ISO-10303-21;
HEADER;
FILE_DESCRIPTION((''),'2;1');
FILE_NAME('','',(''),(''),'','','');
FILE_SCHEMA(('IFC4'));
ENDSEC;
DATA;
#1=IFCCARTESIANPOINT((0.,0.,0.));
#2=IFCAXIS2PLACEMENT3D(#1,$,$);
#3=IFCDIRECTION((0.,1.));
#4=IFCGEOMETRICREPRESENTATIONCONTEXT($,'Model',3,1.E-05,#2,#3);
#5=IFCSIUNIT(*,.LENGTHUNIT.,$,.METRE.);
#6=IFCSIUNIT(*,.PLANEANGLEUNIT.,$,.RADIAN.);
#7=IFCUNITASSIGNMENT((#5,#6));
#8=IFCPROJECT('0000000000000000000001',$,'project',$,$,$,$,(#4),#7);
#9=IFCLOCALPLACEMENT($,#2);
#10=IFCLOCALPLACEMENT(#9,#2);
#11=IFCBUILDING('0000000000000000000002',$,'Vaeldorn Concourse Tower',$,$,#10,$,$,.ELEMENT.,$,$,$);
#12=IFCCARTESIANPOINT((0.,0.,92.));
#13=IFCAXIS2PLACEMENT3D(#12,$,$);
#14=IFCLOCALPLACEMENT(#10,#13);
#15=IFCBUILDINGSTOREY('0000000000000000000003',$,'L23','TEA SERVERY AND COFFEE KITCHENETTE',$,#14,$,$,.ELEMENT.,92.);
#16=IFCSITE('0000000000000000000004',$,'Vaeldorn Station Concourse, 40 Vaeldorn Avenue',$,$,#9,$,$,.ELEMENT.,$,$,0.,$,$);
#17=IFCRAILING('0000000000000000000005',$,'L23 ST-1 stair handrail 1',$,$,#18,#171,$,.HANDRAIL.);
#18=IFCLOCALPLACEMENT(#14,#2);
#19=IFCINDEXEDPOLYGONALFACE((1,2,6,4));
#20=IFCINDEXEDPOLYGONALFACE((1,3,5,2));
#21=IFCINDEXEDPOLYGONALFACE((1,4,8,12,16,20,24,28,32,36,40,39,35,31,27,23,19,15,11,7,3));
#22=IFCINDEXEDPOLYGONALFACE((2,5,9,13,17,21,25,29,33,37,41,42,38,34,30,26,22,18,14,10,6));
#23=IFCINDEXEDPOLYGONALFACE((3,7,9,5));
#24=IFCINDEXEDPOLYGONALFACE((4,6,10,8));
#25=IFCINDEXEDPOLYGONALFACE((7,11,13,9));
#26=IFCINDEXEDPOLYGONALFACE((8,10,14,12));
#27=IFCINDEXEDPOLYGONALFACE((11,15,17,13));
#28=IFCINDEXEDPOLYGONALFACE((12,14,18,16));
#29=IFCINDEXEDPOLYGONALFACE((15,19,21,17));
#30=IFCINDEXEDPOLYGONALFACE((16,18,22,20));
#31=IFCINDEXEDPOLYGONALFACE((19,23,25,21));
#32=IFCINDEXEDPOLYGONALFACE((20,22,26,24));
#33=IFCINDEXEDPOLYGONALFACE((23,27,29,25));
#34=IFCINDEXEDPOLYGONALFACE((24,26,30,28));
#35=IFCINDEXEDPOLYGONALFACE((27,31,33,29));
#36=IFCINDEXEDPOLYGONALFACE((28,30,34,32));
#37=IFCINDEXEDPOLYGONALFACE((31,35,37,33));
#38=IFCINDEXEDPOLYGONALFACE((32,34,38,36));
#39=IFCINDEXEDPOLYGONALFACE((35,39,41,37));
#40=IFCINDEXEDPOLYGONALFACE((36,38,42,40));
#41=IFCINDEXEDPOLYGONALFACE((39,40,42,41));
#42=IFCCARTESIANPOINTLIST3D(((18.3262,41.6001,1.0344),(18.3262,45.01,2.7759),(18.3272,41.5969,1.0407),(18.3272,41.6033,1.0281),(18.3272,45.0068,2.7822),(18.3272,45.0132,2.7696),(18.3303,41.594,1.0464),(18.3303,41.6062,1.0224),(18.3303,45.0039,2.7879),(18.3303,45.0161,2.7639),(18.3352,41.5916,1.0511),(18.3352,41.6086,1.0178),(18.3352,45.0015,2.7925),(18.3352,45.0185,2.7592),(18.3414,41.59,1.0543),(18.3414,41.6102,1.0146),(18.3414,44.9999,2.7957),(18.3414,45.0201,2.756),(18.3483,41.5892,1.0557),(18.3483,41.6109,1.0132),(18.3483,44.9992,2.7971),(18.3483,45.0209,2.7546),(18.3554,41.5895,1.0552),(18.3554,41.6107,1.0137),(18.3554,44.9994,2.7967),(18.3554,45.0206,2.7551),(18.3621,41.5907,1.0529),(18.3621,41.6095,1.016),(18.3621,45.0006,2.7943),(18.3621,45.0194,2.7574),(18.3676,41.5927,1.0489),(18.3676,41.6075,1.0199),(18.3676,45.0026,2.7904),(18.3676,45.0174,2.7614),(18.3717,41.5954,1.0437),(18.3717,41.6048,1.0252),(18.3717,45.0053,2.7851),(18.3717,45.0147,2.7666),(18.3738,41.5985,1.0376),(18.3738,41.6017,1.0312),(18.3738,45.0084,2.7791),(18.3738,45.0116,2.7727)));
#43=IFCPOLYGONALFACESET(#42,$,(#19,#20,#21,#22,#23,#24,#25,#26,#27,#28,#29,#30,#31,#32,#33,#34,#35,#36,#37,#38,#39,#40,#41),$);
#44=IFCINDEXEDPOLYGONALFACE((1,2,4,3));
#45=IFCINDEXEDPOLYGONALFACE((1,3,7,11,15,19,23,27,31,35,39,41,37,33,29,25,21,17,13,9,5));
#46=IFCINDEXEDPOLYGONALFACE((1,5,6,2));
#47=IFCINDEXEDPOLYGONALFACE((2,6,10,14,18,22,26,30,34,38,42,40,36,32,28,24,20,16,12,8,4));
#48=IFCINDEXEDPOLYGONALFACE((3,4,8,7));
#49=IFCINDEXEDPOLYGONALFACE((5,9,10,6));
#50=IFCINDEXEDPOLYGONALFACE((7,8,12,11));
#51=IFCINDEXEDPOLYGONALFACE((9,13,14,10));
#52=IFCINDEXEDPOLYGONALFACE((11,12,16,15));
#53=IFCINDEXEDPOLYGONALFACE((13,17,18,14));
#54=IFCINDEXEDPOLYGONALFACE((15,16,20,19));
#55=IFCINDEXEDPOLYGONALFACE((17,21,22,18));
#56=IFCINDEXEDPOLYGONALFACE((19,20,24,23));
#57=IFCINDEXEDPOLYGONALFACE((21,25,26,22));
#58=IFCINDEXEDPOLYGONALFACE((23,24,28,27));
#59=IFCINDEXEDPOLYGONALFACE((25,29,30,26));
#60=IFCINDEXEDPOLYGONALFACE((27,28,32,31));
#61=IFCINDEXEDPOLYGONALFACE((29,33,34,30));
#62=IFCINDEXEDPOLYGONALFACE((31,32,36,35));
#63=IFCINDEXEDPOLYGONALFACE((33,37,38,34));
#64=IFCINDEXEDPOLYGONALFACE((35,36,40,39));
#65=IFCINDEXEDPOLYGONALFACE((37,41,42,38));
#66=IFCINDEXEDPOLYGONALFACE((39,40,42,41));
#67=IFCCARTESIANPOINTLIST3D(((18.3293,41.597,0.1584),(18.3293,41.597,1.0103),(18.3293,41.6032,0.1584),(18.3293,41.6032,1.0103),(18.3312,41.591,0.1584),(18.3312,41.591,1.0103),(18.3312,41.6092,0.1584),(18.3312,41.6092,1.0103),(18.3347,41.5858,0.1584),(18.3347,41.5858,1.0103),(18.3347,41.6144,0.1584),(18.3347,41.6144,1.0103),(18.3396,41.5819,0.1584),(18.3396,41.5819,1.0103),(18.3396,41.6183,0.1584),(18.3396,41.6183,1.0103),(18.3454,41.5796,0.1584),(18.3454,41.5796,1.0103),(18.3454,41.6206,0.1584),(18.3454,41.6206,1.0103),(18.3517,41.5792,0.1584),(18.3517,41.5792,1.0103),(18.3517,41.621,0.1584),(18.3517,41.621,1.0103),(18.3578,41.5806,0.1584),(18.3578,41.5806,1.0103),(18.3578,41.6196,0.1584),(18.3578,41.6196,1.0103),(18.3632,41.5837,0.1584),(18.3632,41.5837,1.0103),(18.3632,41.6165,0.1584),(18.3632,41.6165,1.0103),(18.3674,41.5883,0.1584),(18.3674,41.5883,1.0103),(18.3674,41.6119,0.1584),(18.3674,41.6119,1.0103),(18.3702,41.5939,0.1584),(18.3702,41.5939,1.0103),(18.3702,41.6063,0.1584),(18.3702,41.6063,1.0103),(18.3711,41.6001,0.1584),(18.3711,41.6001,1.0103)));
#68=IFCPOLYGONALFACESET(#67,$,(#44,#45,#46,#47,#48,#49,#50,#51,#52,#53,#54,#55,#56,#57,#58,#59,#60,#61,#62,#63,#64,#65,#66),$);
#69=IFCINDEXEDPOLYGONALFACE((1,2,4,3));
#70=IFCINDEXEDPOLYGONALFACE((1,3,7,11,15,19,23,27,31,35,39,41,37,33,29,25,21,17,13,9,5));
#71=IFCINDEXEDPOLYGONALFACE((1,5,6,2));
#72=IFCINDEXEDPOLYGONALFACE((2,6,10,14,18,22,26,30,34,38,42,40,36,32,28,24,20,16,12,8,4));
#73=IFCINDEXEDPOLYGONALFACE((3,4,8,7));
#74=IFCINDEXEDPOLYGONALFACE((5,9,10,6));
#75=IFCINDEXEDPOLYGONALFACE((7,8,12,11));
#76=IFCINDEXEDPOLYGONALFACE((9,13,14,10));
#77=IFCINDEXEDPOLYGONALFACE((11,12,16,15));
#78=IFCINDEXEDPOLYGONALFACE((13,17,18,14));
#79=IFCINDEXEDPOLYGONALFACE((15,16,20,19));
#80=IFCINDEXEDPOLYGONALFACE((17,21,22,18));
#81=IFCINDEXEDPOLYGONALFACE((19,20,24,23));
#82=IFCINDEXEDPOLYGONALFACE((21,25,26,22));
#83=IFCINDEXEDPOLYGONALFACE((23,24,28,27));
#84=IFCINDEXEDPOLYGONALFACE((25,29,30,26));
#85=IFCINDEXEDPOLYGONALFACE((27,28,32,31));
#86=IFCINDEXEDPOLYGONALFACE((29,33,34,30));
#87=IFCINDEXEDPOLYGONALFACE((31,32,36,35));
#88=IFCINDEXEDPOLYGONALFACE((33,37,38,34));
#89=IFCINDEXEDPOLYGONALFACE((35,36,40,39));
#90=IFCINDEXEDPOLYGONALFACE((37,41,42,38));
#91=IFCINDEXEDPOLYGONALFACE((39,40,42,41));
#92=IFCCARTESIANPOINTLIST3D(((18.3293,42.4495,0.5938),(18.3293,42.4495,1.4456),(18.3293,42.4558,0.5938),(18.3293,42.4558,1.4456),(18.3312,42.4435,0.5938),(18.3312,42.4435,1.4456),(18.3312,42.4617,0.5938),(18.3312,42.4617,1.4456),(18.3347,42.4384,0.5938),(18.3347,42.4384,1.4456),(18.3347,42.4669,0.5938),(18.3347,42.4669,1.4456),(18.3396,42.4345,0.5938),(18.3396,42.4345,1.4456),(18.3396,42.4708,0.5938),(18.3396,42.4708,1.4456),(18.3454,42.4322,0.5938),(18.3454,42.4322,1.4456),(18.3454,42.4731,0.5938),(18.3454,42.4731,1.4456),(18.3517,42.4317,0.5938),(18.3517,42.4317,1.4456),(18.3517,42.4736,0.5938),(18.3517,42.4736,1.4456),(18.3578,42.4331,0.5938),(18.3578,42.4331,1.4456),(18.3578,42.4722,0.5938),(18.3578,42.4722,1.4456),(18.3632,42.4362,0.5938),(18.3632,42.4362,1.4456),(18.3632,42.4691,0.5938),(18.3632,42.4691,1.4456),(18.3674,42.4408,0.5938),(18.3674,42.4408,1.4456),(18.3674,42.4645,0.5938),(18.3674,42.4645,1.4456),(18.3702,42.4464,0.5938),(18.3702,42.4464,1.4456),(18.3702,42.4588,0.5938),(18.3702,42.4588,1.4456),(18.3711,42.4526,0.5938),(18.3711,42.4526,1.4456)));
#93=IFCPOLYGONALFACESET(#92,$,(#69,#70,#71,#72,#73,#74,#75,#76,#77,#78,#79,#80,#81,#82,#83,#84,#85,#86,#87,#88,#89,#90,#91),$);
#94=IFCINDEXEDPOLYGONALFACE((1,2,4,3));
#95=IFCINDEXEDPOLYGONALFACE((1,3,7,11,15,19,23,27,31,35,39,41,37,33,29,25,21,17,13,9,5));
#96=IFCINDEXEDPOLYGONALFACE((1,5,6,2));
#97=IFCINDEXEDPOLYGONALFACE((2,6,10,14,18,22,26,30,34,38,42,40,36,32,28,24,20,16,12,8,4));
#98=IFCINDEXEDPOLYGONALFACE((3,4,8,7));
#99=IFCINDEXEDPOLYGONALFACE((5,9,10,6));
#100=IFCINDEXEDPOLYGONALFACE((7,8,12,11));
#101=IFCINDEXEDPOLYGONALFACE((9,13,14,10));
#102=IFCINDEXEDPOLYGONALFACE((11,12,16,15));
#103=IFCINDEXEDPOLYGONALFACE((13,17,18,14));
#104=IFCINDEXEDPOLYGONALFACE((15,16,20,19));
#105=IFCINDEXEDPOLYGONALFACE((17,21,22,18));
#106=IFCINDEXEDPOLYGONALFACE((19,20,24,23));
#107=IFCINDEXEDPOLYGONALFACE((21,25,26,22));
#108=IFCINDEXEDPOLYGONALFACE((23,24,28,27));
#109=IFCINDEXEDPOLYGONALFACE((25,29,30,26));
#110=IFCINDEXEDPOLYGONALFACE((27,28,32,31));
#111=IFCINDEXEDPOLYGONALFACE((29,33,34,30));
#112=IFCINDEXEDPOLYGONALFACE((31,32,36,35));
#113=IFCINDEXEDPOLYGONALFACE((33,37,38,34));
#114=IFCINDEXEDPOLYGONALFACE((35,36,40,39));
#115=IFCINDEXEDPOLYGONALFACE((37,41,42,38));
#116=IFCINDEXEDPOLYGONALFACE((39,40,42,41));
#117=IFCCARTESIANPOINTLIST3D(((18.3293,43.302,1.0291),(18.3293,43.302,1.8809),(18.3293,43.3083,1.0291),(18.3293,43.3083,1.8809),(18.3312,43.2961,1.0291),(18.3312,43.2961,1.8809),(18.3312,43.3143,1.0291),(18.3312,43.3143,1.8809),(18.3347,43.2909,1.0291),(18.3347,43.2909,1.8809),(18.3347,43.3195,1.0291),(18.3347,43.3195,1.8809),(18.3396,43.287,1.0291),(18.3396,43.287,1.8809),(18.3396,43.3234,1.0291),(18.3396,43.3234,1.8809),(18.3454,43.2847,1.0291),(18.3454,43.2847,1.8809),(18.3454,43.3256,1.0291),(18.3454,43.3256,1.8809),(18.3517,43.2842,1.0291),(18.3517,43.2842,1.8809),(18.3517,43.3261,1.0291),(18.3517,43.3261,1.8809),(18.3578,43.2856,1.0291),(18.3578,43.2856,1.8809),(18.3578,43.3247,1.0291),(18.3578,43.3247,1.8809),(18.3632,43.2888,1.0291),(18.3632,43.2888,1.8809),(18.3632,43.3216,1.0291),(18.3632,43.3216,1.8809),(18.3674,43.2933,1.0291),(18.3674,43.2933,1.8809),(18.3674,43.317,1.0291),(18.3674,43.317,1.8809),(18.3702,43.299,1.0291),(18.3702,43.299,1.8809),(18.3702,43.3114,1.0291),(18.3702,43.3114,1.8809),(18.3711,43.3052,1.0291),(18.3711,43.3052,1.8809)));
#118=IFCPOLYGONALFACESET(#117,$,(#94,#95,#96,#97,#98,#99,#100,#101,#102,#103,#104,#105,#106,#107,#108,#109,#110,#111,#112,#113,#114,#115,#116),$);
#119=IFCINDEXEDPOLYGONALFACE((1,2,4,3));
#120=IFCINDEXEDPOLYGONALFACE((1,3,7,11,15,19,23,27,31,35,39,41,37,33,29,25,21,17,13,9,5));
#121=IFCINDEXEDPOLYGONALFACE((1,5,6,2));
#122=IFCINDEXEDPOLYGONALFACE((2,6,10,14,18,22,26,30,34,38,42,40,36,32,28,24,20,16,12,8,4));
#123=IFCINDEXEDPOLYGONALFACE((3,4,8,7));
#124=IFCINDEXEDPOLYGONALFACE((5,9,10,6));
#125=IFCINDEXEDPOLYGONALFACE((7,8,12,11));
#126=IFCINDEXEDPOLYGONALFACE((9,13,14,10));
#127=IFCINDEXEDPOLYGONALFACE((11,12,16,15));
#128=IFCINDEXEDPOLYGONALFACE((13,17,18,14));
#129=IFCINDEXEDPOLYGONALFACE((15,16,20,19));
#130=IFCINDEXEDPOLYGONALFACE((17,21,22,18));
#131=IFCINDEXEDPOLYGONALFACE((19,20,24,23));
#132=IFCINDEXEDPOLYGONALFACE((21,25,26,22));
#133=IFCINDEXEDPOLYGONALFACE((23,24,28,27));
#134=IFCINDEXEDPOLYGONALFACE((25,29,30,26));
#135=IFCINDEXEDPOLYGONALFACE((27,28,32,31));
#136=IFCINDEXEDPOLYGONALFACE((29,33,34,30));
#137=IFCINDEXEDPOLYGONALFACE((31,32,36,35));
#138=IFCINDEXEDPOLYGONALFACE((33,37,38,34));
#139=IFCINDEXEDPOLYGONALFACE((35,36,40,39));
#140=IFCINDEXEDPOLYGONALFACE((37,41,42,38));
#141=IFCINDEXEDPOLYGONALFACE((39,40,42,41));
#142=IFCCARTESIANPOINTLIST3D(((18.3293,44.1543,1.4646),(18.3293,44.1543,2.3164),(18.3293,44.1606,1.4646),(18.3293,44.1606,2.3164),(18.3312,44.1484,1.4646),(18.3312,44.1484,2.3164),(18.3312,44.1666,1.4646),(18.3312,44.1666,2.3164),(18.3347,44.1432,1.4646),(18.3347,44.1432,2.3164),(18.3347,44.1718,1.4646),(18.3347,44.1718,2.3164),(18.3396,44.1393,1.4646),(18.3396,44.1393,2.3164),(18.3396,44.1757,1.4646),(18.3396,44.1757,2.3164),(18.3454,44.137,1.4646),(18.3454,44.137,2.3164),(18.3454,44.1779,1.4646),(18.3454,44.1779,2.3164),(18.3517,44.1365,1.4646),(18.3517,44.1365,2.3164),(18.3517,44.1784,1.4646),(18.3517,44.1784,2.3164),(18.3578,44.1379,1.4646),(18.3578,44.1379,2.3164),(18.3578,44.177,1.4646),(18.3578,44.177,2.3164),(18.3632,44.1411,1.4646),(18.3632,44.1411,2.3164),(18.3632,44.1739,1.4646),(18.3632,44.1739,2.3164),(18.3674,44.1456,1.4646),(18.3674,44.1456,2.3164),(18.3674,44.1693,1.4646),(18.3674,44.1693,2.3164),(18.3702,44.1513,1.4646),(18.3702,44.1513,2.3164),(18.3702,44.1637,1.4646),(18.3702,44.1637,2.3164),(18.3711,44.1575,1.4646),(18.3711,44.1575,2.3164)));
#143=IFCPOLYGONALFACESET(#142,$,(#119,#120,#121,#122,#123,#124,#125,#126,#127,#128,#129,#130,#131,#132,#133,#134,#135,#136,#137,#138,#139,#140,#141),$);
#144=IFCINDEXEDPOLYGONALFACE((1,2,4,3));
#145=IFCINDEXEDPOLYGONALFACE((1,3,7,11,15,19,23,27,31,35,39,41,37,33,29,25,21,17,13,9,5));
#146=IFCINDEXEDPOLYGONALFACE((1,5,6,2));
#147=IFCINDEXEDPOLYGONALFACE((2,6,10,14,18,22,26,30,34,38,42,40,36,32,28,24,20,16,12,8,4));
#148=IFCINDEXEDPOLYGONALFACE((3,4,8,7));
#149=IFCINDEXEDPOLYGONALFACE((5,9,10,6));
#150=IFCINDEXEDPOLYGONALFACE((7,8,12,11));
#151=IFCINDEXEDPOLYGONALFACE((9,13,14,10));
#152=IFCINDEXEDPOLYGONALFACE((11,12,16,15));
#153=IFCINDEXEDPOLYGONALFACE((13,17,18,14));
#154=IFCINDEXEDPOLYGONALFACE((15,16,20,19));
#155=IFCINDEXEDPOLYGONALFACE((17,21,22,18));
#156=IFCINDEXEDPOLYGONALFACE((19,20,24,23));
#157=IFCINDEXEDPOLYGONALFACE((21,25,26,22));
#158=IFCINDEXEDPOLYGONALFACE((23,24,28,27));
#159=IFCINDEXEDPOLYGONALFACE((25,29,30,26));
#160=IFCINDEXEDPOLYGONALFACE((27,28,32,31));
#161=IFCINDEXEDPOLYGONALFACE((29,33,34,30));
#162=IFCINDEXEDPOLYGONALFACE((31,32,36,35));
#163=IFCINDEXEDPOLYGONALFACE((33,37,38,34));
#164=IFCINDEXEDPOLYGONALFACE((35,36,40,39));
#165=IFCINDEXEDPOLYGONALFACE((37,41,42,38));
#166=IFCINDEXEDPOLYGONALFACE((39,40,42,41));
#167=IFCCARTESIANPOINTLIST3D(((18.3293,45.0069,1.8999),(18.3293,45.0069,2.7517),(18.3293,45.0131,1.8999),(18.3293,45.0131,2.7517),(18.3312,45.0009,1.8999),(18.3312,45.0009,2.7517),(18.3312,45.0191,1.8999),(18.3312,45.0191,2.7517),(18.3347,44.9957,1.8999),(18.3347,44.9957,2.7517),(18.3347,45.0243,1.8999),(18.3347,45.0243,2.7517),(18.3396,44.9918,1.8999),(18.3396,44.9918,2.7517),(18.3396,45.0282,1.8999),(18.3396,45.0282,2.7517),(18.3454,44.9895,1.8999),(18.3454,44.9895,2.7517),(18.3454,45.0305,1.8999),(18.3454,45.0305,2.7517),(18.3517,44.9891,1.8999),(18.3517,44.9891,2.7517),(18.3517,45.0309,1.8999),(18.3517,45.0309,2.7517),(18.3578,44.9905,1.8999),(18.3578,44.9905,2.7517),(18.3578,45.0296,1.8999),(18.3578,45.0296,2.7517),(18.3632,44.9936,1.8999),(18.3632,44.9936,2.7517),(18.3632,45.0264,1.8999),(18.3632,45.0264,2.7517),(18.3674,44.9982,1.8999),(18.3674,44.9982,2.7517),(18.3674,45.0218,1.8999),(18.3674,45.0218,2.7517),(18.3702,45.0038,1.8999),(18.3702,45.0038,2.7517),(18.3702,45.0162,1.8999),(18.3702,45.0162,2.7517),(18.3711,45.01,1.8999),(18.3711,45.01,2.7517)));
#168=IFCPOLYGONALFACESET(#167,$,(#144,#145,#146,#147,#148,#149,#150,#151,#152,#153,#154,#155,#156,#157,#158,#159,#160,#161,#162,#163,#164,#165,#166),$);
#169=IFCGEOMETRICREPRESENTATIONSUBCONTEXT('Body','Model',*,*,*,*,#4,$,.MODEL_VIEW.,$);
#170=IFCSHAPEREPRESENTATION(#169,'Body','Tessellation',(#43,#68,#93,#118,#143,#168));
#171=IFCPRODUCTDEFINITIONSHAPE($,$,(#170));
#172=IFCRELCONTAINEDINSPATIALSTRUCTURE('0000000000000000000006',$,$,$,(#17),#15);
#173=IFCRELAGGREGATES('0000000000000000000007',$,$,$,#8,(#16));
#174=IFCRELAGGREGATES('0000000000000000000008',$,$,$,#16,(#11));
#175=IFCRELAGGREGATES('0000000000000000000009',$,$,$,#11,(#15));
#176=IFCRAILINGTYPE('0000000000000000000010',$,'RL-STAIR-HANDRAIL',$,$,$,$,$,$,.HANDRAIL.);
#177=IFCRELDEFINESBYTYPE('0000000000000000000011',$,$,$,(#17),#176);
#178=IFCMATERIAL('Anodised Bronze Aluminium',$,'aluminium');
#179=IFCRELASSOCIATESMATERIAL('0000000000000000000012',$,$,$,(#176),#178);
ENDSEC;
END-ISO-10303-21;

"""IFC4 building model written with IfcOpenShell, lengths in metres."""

from ifc_helpers import new_model, si_unit, direction, frame, origin, origin_2d, place, context, subcontext, project, spatial, circle, extrude, material, type_object, element, save


model = new_model("IFC4")

# Units and contexts
model_context = context("Model", 3, precision=1e-05, world=origin(), true_north=direction((0.0, 1.0)))
body_context = subcontext(model_context, "Body", "Model", "MODEL_VIEW")
ifc_project = project(units=[si_unit("LENGTHUNIT", "METRE"), si_unit("PLANEANGLEUNIT", "RADIAN")], contexts=[model_context])

# Site, building, storey
site_placement = place(None, origin())
site = spatial("IfcSite", under=ifc_project, at=site_placement, Name="Vaeldorn Station Concourse, 40 Vaeldorn Avenue", CompositionType="ELEMENT", RefElevation=0.0)
building_placement = place(site_placement, origin())
building = spatial("IfcBuilding", under=site, at=building_placement, Name="Vaeldorn Concourse Tower", CompositionType="ELEMENT")
storey_placement = place(building_placement, frame((0.0, 0.0, 92.0)))
storey = spatial("IfcBuildingStorey", under=building, at=storey_placement, Name="L23", Description="TEA SERVERY AND COFFEE KITCHENETTE", CompositionType="ELEMENT", Elevation=92.0)

# Shared definitions
ifc_material_1 = material(Name="Anodised Bronze Aluminium", Category="aluminium")

# Railing
railing_type_1 = type_object("IfcRailingType", Name="RL-STAIR-HANDRAIL", PredefinedType="HANDRAIL", material=ifc_material_1)
railing_1_placement = place(storey_placement, frame((18.3501, 41.6001, 0.1584)))
element("IfcRailing", 1, at=railing_1_placement, inside=storey, type_object=railing_type_1, Name="L23 ST-1 stair handrail 1", PredefinedType="HANDRAIL", context=body_context, shape_type="SweptSolid", body=[
    extrude(circle(Radius=0.0239, at=origin_2d()), frame((0.0, 0.0, 0.876), z_axis=(0.0, 0.890582, 0.454823), x_axis=(-1.0, 0.0, 0.0)), (0.0, 0.0, 1.0), 3.8289),
    extrude(circle(Radius=0.021, at=origin_2d()), origin(), (0.0, 0.0, 1.0), 0.8518),
    extrude(circle(Radius=0.021, at=origin_2d()), frame((0.0, 0.8525, 0.4353)), (0.0, 0.0, 1.0), 0.8518),
    extrude(circle(Radius=0.021, at=origin_2d()), frame((0.0, 1.7051, 0.8706)), (0.0, 0.0, 1.0), 0.8518),
    extrude(circle(Radius=0.021, at=origin_2d()), frame((0.0, 2.5574, 1.3062)), (0.0, 0.0, 1.0), 0.8518),
    extrude(circle(Radius=0.021, at=origin_2d()), frame((0.0, 3.4099, 1.7415)), (0.0, 0.0, 1.0), 0.8518),
])

save(model, "model.ifc")
